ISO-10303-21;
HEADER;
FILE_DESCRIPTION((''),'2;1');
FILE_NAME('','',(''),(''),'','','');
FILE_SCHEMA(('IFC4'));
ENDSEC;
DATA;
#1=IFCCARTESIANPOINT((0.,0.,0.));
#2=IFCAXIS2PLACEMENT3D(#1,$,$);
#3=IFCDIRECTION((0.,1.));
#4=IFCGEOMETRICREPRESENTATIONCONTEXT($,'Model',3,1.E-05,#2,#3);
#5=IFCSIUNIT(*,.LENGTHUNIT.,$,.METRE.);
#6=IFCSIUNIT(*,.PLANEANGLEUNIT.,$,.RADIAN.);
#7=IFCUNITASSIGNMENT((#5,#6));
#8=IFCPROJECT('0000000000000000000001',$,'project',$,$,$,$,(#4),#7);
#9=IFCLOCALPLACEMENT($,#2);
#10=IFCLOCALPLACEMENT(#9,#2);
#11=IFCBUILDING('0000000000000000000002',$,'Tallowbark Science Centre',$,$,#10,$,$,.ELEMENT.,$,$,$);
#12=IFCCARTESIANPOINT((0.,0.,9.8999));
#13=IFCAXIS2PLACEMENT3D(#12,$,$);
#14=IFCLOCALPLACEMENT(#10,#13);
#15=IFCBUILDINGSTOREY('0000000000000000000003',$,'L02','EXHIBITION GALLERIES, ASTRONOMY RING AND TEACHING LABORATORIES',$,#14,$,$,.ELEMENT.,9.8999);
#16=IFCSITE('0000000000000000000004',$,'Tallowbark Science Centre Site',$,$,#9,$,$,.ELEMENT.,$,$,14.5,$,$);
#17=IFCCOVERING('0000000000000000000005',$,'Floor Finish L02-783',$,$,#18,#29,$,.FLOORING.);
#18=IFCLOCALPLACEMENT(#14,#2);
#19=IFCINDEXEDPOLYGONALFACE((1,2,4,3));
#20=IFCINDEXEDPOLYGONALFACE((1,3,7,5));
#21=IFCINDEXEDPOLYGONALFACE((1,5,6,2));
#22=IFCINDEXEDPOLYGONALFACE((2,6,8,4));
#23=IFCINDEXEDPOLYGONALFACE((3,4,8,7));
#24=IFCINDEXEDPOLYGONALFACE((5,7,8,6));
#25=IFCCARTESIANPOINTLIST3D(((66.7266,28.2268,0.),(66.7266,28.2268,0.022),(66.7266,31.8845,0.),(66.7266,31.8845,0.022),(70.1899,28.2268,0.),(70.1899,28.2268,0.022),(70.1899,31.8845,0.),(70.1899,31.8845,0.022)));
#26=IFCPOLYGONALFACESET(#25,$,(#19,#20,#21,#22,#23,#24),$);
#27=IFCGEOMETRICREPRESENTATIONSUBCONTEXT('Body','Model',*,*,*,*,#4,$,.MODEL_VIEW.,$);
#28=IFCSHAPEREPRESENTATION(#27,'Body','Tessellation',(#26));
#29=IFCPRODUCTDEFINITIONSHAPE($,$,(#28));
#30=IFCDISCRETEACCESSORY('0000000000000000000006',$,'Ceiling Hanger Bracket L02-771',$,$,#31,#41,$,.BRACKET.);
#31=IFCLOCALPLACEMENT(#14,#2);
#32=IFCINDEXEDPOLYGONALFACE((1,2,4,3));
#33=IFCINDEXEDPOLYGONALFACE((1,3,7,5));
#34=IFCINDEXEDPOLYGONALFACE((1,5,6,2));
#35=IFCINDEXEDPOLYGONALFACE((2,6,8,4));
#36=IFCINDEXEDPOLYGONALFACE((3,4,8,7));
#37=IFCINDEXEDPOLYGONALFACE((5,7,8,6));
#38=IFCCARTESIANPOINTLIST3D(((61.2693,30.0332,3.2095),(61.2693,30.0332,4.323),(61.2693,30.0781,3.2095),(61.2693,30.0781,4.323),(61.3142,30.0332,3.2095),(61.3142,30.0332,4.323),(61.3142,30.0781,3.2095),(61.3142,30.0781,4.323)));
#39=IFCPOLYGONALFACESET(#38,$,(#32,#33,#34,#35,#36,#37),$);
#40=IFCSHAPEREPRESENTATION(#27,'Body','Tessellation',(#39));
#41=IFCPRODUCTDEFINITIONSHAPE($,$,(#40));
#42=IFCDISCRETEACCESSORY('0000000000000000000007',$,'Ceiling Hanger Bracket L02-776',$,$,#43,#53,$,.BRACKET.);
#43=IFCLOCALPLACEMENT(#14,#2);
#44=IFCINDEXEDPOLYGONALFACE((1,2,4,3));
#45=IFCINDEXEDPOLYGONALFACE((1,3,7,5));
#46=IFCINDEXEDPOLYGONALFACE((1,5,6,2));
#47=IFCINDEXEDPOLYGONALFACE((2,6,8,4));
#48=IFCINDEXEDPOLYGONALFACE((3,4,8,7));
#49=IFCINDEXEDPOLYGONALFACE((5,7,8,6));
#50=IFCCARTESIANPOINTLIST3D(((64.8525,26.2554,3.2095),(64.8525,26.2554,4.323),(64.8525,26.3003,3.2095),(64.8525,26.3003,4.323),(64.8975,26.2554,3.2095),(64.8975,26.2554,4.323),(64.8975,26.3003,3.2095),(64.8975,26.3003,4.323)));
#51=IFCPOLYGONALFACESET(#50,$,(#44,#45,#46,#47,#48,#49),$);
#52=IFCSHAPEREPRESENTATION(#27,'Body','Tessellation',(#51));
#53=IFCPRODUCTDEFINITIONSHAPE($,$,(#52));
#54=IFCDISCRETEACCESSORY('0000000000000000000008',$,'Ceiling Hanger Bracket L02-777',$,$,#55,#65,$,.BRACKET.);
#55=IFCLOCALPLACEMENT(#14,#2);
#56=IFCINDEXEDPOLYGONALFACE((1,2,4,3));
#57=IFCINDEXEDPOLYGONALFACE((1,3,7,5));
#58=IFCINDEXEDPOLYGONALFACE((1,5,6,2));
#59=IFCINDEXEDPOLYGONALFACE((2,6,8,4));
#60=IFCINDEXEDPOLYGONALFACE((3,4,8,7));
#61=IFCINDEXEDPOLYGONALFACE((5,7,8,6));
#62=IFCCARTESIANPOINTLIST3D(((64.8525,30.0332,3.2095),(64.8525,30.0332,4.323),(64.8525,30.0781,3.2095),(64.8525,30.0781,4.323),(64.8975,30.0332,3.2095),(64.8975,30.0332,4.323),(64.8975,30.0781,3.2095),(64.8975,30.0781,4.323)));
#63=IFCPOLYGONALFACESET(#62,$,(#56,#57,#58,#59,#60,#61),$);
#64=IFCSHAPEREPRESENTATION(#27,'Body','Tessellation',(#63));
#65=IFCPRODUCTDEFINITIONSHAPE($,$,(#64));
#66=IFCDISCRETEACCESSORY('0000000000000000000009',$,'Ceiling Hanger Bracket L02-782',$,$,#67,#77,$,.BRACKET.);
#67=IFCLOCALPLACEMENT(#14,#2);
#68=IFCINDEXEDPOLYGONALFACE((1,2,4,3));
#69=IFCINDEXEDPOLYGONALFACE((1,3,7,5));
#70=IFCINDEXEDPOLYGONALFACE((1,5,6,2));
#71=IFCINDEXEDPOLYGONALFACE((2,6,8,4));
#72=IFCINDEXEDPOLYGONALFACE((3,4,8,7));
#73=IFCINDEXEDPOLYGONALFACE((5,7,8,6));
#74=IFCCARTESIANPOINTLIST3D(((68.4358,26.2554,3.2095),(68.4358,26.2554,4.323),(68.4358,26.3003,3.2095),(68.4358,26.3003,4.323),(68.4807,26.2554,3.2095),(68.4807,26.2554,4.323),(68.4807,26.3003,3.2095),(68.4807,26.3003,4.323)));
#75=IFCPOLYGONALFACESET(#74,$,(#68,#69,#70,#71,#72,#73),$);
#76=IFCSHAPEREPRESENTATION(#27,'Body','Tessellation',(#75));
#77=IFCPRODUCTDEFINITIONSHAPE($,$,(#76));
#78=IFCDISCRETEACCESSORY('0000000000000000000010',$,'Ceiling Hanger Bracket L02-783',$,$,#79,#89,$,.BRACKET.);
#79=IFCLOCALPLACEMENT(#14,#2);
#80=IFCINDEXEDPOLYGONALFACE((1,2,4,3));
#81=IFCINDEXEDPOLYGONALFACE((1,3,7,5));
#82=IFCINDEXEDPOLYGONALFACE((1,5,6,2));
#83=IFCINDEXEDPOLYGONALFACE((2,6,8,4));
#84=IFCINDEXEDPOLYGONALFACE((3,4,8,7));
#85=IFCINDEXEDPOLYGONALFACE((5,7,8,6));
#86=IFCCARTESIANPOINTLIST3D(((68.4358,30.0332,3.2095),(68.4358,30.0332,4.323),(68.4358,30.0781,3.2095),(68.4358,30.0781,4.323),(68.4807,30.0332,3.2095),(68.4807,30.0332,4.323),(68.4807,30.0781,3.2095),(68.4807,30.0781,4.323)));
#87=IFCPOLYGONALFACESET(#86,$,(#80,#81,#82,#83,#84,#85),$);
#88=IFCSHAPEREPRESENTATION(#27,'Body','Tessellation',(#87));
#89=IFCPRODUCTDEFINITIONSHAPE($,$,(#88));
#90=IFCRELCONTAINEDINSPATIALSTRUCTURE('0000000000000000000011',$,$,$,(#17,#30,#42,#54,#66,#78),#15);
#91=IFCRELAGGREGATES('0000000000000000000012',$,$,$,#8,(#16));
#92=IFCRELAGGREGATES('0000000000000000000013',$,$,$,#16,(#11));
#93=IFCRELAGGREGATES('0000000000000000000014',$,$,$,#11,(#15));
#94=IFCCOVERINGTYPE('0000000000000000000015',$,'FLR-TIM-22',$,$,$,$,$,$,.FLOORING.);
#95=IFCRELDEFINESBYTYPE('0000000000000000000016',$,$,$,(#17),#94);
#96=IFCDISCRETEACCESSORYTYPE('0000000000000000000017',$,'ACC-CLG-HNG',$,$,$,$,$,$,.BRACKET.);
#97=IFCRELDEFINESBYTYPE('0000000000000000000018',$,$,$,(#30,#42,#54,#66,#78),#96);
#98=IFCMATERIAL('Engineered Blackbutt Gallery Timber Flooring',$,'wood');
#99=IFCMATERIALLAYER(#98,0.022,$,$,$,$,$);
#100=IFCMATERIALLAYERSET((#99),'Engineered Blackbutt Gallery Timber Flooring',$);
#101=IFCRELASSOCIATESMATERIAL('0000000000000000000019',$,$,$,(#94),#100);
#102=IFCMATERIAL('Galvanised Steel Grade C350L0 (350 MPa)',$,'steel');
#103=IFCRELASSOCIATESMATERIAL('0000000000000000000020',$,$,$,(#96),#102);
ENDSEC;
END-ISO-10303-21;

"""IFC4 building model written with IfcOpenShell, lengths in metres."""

from ifc_helpers import new_model, si_unit, direction, frame, origin, origin_2d, place, context, subcontext, project, spatial, rectangle, extrude, material, layer, layer_set, type_object, element, save


model = new_model("IFC4")

# Units and contexts
model_context = context("Model", 3, precision=1e-05, world=origin(), true_north=direction((0.0, 1.0)))
body_context = subcontext(model_context, "Body", "Model", "MODEL_VIEW")
ifc_project = project(units=[si_unit("LENGTHUNIT", "METRE"), si_unit("PLANEANGLEUNIT", "RADIAN")], contexts=[model_context])

# Site, building, storey
site_placement = place(None, origin())
site = spatial("IfcSite", under=ifc_project, at=site_placement, Name="Tallowbark Science Centre Site", CompositionType="ELEMENT", RefElevation=14.5)
building_placement = place(site_placement, origin())
building = spatial("IfcBuilding", under=site, at=building_placement, Name="Tallowbark Science Centre", CompositionType="ELEMENT")
storey_placement = place(building_placement, frame((0.0, 0.0, 9.8999)))
storey = spatial("IfcBuildingStorey", under=building, at=storey_placement, Name="L02", Description="EXHIBITION GALLERIES, ASTRONOMY RING AND TEACHING LABORATORIES", CompositionType="ELEMENT", Elevation=9.8999)

# Covering
ifc_material_1 = material(Name="Engineered Blackbutt Gallery Timber Flooring", Category="wood")
ifc_layer_1 = layer(ifc_material_1, 0.022)
ifc_layer_set_1 = layer_set([ifc_layer_1], Name="Engineered Blackbutt Gallery Timber Flooring")
covering_type_1 = type_object("IfcCoveringType", Name="FLR-TIM-22", PredefinedType="FLOORING", material=ifc_layer_set_1)
for number, where, z_axis, x_axis, name in (
    (1, (68.4583, 30.0557, 0.0), (0.0, 0.0, 1.0), (1.0, 0.0, 0.0), "Floor Finish L02-783"),
):
    element("IfcCovering", number, at=place(storey_placement, frame(where, z_axis=z_axis, x_axis=x_axis)), inside=storey, type_object=covering_type_1, Name=name, PredefinedType="FLOORING", context=body_context, shape_type="SweptSolid", body=[
        extrude(rectangle(XDim=3.4634, YDim=3.6577, at=origin_2d()), origin(), (0.0, 0.0, 1.0), 0.022),
    ])

# Discrete accessories
ifc_material_2 = material(Name="Galvanised Steel Grade C350L0 (350 MPa)", Category="steel")
discrete_accessory_type = type_object("IfcDiscreteAccessoryType", Name="ACC-CLG-HNG", PredefinedType="BRACKET", material=ifc_material_2)
for number, where, z_axis, x_axis, name in (
    (2, (61.2917, 30.0557, 3.2095), (0.0, 0.0, 1.0), (1.0, 0.0, 0.0), "Ceiling Hanger Bracket L02-771"),
    (3, (64.875, 26.2778, 3.2095), (0.0, 0.0, 1.0), (1.0, 0.0, 0.0), "Ceiling Hanger Bracket L02-776"),
    (4, (64.875, 30.0557, 3.2095), (0.0, 0.0, 1.0), (1.0, 0.0, 0.0), "Ceiling Hanger Bracket L02-777"),
    (5, (68.4583, 26.2778, 3.2095), (0.0, 0.0, 1.0), (1.0, 0.0, 0.0), "Ceiling Hanger Bracket L02-782"),
    (6, (68.4583, 30.0557, 3.2095), (0.0, 0.0, 1.0), (1.0, 0.0, 0.0), "Ceiling Hanger Bracket L02-783"),
):
    element("IfcDiscreteAccessory", number, at=place(storey_placement, frame(where, z_axis=z_axis, x_axis=x_axis)), inside=storey, type_object=discrete_accessory_type, Name=name, PredefinedType="BRACKET", context=body_context, shape_type="SweptSolid", body=[
        extrude(rectangle(XDim=0.0449, YDim=0.0449, at=origin_2d()), origin(), (0.0, 0.0, 1.0), 1.1135),
    ])

save(model, "model.ifc")
